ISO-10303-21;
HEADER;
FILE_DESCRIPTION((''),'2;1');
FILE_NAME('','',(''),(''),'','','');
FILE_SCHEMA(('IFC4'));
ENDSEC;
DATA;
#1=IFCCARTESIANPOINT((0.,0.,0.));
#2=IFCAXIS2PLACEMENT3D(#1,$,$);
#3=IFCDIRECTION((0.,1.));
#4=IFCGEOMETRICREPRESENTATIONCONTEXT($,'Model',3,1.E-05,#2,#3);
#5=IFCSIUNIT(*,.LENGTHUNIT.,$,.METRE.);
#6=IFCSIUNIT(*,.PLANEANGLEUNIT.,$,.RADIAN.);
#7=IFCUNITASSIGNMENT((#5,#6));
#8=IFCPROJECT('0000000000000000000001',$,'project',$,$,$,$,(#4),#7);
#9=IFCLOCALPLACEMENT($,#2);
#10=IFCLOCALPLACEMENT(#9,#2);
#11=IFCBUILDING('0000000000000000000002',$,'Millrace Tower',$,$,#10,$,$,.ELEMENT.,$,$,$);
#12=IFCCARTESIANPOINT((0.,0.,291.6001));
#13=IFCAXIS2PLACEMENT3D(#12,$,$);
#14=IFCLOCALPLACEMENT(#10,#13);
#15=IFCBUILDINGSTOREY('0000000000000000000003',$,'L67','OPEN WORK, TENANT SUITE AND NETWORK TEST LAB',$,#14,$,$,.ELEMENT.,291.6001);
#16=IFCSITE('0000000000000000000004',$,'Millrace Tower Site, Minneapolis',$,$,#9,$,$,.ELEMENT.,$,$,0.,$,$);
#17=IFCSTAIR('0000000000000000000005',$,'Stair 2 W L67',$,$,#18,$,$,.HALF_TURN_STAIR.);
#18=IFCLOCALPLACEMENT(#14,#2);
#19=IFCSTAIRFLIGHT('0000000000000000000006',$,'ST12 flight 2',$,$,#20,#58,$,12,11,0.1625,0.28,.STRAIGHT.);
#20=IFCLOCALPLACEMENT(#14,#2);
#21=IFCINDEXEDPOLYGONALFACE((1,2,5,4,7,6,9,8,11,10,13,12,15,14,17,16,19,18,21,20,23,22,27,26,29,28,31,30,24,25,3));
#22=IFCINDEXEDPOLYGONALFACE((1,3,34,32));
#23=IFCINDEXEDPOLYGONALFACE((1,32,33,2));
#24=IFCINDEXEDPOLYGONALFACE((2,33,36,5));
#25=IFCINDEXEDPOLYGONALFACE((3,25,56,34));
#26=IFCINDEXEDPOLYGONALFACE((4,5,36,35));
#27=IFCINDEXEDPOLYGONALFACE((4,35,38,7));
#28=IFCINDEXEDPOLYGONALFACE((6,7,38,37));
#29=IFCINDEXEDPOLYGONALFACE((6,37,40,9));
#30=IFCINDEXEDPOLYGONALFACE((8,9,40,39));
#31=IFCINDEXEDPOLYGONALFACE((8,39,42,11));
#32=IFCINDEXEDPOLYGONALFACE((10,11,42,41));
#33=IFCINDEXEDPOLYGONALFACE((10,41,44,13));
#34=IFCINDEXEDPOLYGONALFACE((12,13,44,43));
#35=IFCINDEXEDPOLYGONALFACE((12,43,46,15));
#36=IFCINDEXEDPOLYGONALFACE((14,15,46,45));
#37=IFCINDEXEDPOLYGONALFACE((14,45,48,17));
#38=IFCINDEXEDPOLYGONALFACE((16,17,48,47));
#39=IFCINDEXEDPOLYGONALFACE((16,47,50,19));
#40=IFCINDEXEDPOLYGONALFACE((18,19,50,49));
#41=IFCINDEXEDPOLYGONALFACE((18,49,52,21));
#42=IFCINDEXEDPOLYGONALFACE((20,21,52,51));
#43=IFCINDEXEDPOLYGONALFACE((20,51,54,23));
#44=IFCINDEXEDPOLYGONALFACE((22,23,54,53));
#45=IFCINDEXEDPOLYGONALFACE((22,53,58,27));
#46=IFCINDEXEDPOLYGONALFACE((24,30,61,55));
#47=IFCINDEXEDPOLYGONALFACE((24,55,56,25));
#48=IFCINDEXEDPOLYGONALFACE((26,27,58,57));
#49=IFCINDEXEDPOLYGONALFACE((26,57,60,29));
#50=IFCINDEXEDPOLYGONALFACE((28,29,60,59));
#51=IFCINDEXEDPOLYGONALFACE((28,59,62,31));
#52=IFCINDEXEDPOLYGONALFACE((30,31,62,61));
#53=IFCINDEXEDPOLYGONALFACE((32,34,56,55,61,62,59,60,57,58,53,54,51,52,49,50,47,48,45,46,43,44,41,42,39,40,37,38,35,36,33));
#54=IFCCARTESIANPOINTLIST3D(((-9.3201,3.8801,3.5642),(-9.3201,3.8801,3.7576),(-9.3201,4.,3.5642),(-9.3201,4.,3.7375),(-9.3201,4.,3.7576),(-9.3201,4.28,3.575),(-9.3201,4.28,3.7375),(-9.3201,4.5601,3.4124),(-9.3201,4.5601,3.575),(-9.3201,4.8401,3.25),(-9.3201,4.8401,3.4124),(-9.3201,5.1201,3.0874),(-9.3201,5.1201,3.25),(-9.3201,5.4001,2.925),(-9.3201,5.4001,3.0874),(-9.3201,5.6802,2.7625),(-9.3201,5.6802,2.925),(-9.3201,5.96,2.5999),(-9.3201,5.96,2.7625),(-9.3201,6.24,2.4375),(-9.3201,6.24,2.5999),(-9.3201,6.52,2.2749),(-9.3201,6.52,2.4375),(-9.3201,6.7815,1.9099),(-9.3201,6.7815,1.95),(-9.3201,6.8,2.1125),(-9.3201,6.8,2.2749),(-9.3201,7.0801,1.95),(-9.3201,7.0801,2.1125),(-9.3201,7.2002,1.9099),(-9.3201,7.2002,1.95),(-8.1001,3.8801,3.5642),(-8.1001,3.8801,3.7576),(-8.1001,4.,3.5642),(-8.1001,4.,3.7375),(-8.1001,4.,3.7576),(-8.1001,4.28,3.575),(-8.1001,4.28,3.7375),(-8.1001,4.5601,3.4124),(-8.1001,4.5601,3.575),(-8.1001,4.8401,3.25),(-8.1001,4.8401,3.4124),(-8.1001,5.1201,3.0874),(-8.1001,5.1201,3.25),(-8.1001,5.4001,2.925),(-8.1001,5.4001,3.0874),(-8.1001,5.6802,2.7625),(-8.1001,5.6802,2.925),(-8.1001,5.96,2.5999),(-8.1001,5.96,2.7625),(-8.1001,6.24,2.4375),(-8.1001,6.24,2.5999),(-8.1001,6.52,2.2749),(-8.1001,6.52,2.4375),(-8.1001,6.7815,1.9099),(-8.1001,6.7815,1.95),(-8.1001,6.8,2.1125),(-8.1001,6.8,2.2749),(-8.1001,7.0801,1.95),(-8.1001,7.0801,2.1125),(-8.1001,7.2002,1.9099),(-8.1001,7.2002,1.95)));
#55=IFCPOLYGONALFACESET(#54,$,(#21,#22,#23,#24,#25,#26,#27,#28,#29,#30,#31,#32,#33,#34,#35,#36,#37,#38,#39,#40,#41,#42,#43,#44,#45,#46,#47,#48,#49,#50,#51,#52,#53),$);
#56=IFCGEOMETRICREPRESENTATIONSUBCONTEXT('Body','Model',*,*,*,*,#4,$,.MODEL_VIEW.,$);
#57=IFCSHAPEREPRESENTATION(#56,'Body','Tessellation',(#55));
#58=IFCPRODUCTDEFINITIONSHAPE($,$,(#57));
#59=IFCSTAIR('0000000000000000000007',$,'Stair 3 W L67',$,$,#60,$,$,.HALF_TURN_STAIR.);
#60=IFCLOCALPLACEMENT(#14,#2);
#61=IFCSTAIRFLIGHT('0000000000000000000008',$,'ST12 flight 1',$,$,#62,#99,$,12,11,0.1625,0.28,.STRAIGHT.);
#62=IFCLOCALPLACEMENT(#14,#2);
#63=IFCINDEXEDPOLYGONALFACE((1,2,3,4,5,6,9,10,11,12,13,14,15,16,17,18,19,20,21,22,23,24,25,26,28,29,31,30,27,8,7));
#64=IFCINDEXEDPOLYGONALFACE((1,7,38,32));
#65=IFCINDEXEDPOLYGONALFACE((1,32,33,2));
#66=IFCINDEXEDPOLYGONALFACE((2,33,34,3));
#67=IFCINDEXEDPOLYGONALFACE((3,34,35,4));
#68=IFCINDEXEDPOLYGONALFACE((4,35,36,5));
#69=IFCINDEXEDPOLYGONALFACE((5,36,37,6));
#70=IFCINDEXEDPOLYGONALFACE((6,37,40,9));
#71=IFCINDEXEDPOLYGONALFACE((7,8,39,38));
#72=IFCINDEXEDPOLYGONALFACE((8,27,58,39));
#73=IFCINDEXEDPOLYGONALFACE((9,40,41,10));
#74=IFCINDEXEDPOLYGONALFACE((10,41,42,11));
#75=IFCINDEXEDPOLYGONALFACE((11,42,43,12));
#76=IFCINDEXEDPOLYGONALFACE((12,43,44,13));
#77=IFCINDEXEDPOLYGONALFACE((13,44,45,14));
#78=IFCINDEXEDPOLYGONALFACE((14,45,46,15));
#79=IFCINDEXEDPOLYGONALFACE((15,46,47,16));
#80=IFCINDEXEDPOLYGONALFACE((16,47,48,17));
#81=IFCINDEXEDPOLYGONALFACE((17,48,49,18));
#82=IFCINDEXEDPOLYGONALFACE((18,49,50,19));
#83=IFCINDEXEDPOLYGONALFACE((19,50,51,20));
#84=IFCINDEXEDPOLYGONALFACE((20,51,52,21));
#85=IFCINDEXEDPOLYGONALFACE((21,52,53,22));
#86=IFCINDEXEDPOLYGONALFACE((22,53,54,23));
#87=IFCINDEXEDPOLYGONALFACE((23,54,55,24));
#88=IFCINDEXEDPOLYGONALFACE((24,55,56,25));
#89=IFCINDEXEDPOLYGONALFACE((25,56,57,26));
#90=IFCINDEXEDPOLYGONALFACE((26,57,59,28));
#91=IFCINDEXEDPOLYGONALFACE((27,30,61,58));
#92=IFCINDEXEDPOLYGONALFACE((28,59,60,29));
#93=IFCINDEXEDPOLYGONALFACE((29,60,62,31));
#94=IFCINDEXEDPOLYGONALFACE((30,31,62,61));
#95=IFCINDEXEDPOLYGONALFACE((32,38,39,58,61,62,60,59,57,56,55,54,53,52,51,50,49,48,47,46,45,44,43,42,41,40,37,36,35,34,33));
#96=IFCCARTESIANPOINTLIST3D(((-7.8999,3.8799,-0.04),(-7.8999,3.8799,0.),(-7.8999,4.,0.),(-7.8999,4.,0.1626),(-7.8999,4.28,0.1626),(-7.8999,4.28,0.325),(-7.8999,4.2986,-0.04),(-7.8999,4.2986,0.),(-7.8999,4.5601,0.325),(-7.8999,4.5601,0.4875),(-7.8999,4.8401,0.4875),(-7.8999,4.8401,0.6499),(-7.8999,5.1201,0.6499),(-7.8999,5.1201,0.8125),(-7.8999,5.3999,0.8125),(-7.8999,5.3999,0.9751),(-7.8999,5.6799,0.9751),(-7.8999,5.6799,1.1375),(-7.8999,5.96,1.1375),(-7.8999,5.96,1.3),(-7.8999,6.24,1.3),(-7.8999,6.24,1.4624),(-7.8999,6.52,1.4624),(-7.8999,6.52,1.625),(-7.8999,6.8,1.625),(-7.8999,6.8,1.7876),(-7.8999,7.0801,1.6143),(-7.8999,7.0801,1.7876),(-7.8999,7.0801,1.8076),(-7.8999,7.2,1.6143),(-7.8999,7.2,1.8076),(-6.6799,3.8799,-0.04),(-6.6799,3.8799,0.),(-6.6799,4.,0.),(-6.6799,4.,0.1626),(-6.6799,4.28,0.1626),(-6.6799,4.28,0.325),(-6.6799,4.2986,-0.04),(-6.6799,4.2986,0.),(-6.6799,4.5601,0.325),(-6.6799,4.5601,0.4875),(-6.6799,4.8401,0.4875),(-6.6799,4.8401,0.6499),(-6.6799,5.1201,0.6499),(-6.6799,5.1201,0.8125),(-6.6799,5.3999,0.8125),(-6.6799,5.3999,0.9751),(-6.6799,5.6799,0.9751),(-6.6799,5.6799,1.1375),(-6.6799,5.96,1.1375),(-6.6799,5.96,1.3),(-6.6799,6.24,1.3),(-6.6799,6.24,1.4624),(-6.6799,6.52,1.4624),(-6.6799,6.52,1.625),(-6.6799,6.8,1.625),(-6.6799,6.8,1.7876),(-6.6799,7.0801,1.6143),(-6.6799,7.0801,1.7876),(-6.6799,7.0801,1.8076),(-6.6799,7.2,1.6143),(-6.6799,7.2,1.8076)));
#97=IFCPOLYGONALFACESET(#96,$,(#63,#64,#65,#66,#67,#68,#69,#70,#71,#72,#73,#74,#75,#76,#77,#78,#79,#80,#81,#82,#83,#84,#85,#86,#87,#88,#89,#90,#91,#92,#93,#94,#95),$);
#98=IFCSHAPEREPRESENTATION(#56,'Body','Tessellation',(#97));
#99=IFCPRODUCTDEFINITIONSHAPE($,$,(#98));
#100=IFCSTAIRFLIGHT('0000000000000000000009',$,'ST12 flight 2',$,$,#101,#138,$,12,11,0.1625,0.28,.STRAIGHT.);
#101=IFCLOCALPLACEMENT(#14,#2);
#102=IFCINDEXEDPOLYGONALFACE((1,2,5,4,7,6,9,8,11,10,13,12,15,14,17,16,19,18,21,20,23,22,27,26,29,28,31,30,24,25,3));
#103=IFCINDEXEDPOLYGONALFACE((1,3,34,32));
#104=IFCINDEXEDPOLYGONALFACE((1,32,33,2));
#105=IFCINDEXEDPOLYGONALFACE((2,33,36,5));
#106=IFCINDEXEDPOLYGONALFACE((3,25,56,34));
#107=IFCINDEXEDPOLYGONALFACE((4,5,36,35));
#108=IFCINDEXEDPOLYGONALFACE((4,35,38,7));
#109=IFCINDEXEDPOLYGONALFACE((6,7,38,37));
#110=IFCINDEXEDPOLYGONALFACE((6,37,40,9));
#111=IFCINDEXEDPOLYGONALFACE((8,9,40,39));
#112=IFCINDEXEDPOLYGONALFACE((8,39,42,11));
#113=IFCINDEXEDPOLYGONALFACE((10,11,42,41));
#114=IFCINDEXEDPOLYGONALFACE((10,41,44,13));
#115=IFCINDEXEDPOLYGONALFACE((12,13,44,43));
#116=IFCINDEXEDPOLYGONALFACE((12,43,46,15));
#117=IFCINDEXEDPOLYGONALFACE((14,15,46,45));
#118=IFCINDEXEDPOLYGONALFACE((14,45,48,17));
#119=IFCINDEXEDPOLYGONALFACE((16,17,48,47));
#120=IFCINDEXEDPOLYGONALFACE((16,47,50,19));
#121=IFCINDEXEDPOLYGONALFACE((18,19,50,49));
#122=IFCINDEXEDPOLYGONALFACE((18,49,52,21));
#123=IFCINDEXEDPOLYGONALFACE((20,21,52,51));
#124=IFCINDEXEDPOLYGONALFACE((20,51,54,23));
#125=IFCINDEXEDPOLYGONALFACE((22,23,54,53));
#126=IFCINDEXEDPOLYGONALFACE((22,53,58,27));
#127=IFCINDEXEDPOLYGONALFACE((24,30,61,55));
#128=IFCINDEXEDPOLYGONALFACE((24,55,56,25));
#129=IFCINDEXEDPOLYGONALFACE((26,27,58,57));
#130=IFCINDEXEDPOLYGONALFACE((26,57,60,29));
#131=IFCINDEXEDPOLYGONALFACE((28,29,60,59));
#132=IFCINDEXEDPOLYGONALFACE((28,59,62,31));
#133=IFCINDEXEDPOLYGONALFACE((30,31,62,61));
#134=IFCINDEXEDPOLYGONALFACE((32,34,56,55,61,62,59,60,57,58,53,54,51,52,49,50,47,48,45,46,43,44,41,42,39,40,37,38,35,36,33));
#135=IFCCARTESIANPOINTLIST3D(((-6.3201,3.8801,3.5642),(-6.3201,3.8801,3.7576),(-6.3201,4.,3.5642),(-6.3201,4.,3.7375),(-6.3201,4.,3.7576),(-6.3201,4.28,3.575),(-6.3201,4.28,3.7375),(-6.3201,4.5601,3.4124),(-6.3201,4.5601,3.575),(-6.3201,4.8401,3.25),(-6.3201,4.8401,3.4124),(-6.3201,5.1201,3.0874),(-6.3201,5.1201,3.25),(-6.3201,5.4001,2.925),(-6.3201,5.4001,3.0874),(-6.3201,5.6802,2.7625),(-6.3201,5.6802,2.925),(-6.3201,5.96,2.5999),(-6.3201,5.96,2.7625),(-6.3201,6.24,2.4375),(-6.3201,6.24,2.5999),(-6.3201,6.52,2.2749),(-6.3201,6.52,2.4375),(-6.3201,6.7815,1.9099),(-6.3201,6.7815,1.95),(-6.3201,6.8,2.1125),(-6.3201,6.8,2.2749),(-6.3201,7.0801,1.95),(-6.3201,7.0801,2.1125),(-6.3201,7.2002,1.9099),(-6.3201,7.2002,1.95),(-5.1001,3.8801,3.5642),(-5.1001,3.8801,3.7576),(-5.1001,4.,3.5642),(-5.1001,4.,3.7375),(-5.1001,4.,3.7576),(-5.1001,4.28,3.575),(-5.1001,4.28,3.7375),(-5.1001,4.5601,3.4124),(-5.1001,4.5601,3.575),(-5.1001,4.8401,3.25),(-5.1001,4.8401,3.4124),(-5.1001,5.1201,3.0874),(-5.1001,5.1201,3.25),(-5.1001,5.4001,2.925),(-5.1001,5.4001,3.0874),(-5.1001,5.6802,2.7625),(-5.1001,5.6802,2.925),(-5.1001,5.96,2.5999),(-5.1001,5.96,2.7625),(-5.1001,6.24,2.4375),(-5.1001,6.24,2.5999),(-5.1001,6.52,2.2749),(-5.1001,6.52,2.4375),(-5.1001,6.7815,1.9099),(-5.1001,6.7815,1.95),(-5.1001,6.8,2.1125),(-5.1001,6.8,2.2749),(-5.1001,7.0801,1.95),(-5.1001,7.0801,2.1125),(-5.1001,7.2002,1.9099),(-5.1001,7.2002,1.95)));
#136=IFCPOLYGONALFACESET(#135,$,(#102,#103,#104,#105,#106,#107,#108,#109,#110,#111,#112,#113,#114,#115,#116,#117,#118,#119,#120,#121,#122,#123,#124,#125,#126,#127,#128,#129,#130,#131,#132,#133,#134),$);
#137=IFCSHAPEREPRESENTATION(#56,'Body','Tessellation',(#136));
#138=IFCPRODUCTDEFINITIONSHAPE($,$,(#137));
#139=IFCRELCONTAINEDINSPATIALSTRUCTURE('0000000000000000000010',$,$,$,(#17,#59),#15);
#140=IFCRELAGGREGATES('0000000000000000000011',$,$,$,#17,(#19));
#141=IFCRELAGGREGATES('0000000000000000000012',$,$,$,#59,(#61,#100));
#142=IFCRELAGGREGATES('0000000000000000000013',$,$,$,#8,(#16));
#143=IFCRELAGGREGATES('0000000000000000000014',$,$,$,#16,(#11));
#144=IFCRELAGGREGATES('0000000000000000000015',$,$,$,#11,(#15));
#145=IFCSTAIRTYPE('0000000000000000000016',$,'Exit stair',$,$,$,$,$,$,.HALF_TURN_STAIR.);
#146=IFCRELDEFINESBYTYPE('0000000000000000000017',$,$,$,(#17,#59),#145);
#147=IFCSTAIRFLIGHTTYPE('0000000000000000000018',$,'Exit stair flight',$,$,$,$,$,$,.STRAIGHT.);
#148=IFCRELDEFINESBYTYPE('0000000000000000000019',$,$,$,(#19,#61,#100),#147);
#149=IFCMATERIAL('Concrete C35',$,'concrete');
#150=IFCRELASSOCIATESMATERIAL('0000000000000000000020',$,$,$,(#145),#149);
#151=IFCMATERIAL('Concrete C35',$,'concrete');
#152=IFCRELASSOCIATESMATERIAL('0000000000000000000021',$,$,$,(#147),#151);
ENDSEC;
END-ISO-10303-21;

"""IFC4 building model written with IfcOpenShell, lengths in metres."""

from ifc_helpers import new_model, si_unit, direction, frame, origin, place, context, subcontext, project, spatial, polyline, outline, extrude, material, type_object, element, aggregate, save


model = new_model("IFC4")

# Units and contexts
model_context = context("Model", 3, precision=1e-05, world=origin(), true_north=direction((0.0, 1.0)))
body_context = subcontext(model_context, "Body", "Model", "MODEL_VIEW")
ifc_project = project(units=[si_unit("LENGTHUNIT", "METRE"), si_unit("PLANEANGLEUNIT", "RADIAN")], contexts=[model_context])

# Site, building, storey
site_placement = place(None, origin())
site = spatial("IfcSite", under=ifc_project, at=site_placement, Name="Millrace Tower Site, Minneapolis", CompositionType="ELEMENT", RefElevation=0.0)
building_placement = place(site_placement, origin())
building = spatial("IfcBuilding", under=site, at=building_placement, Name="Millrace Tower", CompositionType="ELEMENT")
storey_placement = place(building_placement, frame((0.0, 0.0, 291.6001)))
storey = spatial("IfcBuildingStorey", under=building, at=storey_placement, Name="L67", Description="OPEN WORK, TENANT SUITE AND NETWORK TEST LAB", CompositionType="ELEMENT", Elevation=291.6001)

# Shared definitions
placement_1 = place(storey_placement, origin())

# Stairs, stair flights
ifc_material_1 = material(Name="Concrete C35", Category="concrete")
stair_type = type_object("IfcStairType", Name="Exit stair", PredefinedType="HALF_TURN_STAIR", material=ifc_material_1)
stair_1 = element("IfcStair", 1, at=placement_1, inside=storey, type_object=stair_type, Name="Stair 2 W L67", PredefinedType="HALF_TURN_STAIR")
ifc_material_2 = material(Name="Concrete C35", Category="concrete")
stair_flight_type = type_object("IfcStairFlightType", Name="Exit stair flight", PredefinedType="STRAIGHT", material=ifc_material_2)
stair_flight_1_placement = place(storey_placement, frame((-8.71, 7.0801, 1.95), z_axis=(0.0, 0.0, 1.0), x_axis=(0.0, -1.0, 0.0)))
stair_flight_1 = element("IfcStairFlight", 2, at=stair_flight_1_placement, type_object=stair_flight_type, Name="ST12 flight 2", NumberOfRisers=12, NumberOfTreads=11, PredefinedType="STRAIGHT", RiserHeight=0.1625, TreadLength=0.28, context=body_context, shape_type="SweptSolid", body=[
    extrude(outline(polyline([(-0.1201, -0.04), (-0.1201, 0.0), (0.0, 0.0), (0.0, 0.1626), (0.28, 0.1626), (0.28, 0.325), (0.5601, 0.325), (0.5601, 0.4875), (0.8401, 0.4875), (0.8401, 0.6499), (1.1201, 0.6499), (1.1201, 0.8125), (1.3999, 0.8125), (1.3999, 0.9751), (1.6799, 0.9751), (1.6799, 1.1375), (1.96, 1.1375), (1.96, 1.3), (2.24, 1.3), (2.24, 1.4624), (2.52, 1.4624), (2.52, 1.625), (2.8, 1.625), (2.8, 1.7876), (3.0801, 1.7876), (3.0801, 1.8076), (3.2, 1.8076), (3.2, 1.6143), (3.0801, 1.6143), (0.2986, 0.0), (0.2986, -0.04), (-0.1201, -0.04)])), frame((0.0, 0.6099, 0.0), z_axis=(0.0, -1.0, 0.0), x_axis=(1.0, 0.0, 0.0)), (0.0, 0.0, 1.0), 1.22),
])
aggregate(stair_1, [stair_flight_1])
stair_2 = element("IfcStair", 3, at=placement_1, inside=storey, type_object=stair_type, Name="Stair 3 W L67", PredefinedType="HALF_TURN_STAIR")
stair_flight_2_placement = place(storey_placement, frame((-7.29, 4.0, 0.0), z_axis=(0.0, 0.0, 1.0), x_axis=(0.0, 1.0, 0.0)))
stair_flight_2 = element("IfcStairFlight", 4, at=stair_flight_2_placement, type_object=stair_flight_type, Name="ST12 flight 1", NumberOfRisers=12, NumberOfTreads=11, PredefinedType="STRAIGHT", RiserHeight=0.1625, TreadLength=0.28, context=body_context, shape_type="SweptSolid", body=[
    extrude(outline(polyline([(-0.1201, -0.04), (-0.1201, 0.0), (0.0, 0.0), (0.0, 0.1626), (0.28, 0.1626), (0.28, 0.325), (0.5601, 0.325), (0.5601, 0.4875), (0.8401, 0.4875), (0.8401, 0.6499), (1.1201, 0.6499), (1.1201, 0.8125), (1.3999, 0.8125), (1.3999, 0.9751), (1.6799, 0.9751), (1.6799, 1.1375), (1.96, 1.1375), (1.96, 1.3), (2.24, 1.3), (2.24, 1.4624), (2.52, 1.4624), (2.52, 1.625), (2.8, 1.625), (2.8, 1.7876), (3.0801, 1.7876), (3.0801, 1.8076), (3.2, 1.8076), (3.2, 1.6143), (3.0801, 1.6143), (0.2986, 0.0), (0.2986, -0.04), (-0.1201, -0.04)])), frame((0.0, 0.6099, 0.0), z_axis=(0.0, -1.0, 0.0), x_axis=(1.0, 0.0, 0.0)), (0.0, 0.0, 1.0), 1.22),
])
stair_flight_3_placement = place(storey_placement, frame((-5.71, 7.0801, 1.95), z_axis=(0.0, 0.0, 1.0), x_axis=(0.0, -1.0, 0.0)))
stair_flight_3 = element("IfcStairFlight", 5, at=stair_flight_3_placement, type_object=stair_flight_type, Name="ST12 flight 2", NumberOfRisers=12, NumberOfTreads=11, PredefinedType="STRAIGHT", RiserHeight=0.1625, TreadLength=0.28, context=body_context, shape_type="SweptSolid", body=[
    extrude(outline(polyline([(-0.1201, -0.04), (-0.1201, 0.0), (0.0, 0.0), (0.0, 0.1626), (0.28, 0.1626), (0.28, 0.325), (0.5601, 0.325), (0.5601, 0.4875), (0.8401, 0.4875), (0.8401, 0.6499), (1.1201, 0.6499), (1.1201, 0.8125), (1.3999, 0.8125), (1.3999, 0.9751), (1.6799, 0.9751), (1.6799, 1.1375), (1.96, 1.1375), (1.96, 1.3), (2.24, 1.3), (2.24, 1.4624), (2.52, 1.4624), (2.52, 1.625), (2.8, 1.625), (2.8, 1.7876), (3.0801, 1.7876), (3.0801, 1.8076), (3.2, 1.8076), (3.2, 1.6143), (3.0801, 1.6143), (0.2986, 0.0), (0.2986, -0.04), (-0.1201, -0.04)])), frame((0.0, 0.6099, 0.0), z_axis=(0.0, -1.0, 0.0), x_axis=(1.0, 0.0, 0.0)), (0.0, 0.0, 1.0), 1.22),
])
aggregate(stair_2, [stair_flight_2, stair_flight_3])

save(model, "model.ifc")
